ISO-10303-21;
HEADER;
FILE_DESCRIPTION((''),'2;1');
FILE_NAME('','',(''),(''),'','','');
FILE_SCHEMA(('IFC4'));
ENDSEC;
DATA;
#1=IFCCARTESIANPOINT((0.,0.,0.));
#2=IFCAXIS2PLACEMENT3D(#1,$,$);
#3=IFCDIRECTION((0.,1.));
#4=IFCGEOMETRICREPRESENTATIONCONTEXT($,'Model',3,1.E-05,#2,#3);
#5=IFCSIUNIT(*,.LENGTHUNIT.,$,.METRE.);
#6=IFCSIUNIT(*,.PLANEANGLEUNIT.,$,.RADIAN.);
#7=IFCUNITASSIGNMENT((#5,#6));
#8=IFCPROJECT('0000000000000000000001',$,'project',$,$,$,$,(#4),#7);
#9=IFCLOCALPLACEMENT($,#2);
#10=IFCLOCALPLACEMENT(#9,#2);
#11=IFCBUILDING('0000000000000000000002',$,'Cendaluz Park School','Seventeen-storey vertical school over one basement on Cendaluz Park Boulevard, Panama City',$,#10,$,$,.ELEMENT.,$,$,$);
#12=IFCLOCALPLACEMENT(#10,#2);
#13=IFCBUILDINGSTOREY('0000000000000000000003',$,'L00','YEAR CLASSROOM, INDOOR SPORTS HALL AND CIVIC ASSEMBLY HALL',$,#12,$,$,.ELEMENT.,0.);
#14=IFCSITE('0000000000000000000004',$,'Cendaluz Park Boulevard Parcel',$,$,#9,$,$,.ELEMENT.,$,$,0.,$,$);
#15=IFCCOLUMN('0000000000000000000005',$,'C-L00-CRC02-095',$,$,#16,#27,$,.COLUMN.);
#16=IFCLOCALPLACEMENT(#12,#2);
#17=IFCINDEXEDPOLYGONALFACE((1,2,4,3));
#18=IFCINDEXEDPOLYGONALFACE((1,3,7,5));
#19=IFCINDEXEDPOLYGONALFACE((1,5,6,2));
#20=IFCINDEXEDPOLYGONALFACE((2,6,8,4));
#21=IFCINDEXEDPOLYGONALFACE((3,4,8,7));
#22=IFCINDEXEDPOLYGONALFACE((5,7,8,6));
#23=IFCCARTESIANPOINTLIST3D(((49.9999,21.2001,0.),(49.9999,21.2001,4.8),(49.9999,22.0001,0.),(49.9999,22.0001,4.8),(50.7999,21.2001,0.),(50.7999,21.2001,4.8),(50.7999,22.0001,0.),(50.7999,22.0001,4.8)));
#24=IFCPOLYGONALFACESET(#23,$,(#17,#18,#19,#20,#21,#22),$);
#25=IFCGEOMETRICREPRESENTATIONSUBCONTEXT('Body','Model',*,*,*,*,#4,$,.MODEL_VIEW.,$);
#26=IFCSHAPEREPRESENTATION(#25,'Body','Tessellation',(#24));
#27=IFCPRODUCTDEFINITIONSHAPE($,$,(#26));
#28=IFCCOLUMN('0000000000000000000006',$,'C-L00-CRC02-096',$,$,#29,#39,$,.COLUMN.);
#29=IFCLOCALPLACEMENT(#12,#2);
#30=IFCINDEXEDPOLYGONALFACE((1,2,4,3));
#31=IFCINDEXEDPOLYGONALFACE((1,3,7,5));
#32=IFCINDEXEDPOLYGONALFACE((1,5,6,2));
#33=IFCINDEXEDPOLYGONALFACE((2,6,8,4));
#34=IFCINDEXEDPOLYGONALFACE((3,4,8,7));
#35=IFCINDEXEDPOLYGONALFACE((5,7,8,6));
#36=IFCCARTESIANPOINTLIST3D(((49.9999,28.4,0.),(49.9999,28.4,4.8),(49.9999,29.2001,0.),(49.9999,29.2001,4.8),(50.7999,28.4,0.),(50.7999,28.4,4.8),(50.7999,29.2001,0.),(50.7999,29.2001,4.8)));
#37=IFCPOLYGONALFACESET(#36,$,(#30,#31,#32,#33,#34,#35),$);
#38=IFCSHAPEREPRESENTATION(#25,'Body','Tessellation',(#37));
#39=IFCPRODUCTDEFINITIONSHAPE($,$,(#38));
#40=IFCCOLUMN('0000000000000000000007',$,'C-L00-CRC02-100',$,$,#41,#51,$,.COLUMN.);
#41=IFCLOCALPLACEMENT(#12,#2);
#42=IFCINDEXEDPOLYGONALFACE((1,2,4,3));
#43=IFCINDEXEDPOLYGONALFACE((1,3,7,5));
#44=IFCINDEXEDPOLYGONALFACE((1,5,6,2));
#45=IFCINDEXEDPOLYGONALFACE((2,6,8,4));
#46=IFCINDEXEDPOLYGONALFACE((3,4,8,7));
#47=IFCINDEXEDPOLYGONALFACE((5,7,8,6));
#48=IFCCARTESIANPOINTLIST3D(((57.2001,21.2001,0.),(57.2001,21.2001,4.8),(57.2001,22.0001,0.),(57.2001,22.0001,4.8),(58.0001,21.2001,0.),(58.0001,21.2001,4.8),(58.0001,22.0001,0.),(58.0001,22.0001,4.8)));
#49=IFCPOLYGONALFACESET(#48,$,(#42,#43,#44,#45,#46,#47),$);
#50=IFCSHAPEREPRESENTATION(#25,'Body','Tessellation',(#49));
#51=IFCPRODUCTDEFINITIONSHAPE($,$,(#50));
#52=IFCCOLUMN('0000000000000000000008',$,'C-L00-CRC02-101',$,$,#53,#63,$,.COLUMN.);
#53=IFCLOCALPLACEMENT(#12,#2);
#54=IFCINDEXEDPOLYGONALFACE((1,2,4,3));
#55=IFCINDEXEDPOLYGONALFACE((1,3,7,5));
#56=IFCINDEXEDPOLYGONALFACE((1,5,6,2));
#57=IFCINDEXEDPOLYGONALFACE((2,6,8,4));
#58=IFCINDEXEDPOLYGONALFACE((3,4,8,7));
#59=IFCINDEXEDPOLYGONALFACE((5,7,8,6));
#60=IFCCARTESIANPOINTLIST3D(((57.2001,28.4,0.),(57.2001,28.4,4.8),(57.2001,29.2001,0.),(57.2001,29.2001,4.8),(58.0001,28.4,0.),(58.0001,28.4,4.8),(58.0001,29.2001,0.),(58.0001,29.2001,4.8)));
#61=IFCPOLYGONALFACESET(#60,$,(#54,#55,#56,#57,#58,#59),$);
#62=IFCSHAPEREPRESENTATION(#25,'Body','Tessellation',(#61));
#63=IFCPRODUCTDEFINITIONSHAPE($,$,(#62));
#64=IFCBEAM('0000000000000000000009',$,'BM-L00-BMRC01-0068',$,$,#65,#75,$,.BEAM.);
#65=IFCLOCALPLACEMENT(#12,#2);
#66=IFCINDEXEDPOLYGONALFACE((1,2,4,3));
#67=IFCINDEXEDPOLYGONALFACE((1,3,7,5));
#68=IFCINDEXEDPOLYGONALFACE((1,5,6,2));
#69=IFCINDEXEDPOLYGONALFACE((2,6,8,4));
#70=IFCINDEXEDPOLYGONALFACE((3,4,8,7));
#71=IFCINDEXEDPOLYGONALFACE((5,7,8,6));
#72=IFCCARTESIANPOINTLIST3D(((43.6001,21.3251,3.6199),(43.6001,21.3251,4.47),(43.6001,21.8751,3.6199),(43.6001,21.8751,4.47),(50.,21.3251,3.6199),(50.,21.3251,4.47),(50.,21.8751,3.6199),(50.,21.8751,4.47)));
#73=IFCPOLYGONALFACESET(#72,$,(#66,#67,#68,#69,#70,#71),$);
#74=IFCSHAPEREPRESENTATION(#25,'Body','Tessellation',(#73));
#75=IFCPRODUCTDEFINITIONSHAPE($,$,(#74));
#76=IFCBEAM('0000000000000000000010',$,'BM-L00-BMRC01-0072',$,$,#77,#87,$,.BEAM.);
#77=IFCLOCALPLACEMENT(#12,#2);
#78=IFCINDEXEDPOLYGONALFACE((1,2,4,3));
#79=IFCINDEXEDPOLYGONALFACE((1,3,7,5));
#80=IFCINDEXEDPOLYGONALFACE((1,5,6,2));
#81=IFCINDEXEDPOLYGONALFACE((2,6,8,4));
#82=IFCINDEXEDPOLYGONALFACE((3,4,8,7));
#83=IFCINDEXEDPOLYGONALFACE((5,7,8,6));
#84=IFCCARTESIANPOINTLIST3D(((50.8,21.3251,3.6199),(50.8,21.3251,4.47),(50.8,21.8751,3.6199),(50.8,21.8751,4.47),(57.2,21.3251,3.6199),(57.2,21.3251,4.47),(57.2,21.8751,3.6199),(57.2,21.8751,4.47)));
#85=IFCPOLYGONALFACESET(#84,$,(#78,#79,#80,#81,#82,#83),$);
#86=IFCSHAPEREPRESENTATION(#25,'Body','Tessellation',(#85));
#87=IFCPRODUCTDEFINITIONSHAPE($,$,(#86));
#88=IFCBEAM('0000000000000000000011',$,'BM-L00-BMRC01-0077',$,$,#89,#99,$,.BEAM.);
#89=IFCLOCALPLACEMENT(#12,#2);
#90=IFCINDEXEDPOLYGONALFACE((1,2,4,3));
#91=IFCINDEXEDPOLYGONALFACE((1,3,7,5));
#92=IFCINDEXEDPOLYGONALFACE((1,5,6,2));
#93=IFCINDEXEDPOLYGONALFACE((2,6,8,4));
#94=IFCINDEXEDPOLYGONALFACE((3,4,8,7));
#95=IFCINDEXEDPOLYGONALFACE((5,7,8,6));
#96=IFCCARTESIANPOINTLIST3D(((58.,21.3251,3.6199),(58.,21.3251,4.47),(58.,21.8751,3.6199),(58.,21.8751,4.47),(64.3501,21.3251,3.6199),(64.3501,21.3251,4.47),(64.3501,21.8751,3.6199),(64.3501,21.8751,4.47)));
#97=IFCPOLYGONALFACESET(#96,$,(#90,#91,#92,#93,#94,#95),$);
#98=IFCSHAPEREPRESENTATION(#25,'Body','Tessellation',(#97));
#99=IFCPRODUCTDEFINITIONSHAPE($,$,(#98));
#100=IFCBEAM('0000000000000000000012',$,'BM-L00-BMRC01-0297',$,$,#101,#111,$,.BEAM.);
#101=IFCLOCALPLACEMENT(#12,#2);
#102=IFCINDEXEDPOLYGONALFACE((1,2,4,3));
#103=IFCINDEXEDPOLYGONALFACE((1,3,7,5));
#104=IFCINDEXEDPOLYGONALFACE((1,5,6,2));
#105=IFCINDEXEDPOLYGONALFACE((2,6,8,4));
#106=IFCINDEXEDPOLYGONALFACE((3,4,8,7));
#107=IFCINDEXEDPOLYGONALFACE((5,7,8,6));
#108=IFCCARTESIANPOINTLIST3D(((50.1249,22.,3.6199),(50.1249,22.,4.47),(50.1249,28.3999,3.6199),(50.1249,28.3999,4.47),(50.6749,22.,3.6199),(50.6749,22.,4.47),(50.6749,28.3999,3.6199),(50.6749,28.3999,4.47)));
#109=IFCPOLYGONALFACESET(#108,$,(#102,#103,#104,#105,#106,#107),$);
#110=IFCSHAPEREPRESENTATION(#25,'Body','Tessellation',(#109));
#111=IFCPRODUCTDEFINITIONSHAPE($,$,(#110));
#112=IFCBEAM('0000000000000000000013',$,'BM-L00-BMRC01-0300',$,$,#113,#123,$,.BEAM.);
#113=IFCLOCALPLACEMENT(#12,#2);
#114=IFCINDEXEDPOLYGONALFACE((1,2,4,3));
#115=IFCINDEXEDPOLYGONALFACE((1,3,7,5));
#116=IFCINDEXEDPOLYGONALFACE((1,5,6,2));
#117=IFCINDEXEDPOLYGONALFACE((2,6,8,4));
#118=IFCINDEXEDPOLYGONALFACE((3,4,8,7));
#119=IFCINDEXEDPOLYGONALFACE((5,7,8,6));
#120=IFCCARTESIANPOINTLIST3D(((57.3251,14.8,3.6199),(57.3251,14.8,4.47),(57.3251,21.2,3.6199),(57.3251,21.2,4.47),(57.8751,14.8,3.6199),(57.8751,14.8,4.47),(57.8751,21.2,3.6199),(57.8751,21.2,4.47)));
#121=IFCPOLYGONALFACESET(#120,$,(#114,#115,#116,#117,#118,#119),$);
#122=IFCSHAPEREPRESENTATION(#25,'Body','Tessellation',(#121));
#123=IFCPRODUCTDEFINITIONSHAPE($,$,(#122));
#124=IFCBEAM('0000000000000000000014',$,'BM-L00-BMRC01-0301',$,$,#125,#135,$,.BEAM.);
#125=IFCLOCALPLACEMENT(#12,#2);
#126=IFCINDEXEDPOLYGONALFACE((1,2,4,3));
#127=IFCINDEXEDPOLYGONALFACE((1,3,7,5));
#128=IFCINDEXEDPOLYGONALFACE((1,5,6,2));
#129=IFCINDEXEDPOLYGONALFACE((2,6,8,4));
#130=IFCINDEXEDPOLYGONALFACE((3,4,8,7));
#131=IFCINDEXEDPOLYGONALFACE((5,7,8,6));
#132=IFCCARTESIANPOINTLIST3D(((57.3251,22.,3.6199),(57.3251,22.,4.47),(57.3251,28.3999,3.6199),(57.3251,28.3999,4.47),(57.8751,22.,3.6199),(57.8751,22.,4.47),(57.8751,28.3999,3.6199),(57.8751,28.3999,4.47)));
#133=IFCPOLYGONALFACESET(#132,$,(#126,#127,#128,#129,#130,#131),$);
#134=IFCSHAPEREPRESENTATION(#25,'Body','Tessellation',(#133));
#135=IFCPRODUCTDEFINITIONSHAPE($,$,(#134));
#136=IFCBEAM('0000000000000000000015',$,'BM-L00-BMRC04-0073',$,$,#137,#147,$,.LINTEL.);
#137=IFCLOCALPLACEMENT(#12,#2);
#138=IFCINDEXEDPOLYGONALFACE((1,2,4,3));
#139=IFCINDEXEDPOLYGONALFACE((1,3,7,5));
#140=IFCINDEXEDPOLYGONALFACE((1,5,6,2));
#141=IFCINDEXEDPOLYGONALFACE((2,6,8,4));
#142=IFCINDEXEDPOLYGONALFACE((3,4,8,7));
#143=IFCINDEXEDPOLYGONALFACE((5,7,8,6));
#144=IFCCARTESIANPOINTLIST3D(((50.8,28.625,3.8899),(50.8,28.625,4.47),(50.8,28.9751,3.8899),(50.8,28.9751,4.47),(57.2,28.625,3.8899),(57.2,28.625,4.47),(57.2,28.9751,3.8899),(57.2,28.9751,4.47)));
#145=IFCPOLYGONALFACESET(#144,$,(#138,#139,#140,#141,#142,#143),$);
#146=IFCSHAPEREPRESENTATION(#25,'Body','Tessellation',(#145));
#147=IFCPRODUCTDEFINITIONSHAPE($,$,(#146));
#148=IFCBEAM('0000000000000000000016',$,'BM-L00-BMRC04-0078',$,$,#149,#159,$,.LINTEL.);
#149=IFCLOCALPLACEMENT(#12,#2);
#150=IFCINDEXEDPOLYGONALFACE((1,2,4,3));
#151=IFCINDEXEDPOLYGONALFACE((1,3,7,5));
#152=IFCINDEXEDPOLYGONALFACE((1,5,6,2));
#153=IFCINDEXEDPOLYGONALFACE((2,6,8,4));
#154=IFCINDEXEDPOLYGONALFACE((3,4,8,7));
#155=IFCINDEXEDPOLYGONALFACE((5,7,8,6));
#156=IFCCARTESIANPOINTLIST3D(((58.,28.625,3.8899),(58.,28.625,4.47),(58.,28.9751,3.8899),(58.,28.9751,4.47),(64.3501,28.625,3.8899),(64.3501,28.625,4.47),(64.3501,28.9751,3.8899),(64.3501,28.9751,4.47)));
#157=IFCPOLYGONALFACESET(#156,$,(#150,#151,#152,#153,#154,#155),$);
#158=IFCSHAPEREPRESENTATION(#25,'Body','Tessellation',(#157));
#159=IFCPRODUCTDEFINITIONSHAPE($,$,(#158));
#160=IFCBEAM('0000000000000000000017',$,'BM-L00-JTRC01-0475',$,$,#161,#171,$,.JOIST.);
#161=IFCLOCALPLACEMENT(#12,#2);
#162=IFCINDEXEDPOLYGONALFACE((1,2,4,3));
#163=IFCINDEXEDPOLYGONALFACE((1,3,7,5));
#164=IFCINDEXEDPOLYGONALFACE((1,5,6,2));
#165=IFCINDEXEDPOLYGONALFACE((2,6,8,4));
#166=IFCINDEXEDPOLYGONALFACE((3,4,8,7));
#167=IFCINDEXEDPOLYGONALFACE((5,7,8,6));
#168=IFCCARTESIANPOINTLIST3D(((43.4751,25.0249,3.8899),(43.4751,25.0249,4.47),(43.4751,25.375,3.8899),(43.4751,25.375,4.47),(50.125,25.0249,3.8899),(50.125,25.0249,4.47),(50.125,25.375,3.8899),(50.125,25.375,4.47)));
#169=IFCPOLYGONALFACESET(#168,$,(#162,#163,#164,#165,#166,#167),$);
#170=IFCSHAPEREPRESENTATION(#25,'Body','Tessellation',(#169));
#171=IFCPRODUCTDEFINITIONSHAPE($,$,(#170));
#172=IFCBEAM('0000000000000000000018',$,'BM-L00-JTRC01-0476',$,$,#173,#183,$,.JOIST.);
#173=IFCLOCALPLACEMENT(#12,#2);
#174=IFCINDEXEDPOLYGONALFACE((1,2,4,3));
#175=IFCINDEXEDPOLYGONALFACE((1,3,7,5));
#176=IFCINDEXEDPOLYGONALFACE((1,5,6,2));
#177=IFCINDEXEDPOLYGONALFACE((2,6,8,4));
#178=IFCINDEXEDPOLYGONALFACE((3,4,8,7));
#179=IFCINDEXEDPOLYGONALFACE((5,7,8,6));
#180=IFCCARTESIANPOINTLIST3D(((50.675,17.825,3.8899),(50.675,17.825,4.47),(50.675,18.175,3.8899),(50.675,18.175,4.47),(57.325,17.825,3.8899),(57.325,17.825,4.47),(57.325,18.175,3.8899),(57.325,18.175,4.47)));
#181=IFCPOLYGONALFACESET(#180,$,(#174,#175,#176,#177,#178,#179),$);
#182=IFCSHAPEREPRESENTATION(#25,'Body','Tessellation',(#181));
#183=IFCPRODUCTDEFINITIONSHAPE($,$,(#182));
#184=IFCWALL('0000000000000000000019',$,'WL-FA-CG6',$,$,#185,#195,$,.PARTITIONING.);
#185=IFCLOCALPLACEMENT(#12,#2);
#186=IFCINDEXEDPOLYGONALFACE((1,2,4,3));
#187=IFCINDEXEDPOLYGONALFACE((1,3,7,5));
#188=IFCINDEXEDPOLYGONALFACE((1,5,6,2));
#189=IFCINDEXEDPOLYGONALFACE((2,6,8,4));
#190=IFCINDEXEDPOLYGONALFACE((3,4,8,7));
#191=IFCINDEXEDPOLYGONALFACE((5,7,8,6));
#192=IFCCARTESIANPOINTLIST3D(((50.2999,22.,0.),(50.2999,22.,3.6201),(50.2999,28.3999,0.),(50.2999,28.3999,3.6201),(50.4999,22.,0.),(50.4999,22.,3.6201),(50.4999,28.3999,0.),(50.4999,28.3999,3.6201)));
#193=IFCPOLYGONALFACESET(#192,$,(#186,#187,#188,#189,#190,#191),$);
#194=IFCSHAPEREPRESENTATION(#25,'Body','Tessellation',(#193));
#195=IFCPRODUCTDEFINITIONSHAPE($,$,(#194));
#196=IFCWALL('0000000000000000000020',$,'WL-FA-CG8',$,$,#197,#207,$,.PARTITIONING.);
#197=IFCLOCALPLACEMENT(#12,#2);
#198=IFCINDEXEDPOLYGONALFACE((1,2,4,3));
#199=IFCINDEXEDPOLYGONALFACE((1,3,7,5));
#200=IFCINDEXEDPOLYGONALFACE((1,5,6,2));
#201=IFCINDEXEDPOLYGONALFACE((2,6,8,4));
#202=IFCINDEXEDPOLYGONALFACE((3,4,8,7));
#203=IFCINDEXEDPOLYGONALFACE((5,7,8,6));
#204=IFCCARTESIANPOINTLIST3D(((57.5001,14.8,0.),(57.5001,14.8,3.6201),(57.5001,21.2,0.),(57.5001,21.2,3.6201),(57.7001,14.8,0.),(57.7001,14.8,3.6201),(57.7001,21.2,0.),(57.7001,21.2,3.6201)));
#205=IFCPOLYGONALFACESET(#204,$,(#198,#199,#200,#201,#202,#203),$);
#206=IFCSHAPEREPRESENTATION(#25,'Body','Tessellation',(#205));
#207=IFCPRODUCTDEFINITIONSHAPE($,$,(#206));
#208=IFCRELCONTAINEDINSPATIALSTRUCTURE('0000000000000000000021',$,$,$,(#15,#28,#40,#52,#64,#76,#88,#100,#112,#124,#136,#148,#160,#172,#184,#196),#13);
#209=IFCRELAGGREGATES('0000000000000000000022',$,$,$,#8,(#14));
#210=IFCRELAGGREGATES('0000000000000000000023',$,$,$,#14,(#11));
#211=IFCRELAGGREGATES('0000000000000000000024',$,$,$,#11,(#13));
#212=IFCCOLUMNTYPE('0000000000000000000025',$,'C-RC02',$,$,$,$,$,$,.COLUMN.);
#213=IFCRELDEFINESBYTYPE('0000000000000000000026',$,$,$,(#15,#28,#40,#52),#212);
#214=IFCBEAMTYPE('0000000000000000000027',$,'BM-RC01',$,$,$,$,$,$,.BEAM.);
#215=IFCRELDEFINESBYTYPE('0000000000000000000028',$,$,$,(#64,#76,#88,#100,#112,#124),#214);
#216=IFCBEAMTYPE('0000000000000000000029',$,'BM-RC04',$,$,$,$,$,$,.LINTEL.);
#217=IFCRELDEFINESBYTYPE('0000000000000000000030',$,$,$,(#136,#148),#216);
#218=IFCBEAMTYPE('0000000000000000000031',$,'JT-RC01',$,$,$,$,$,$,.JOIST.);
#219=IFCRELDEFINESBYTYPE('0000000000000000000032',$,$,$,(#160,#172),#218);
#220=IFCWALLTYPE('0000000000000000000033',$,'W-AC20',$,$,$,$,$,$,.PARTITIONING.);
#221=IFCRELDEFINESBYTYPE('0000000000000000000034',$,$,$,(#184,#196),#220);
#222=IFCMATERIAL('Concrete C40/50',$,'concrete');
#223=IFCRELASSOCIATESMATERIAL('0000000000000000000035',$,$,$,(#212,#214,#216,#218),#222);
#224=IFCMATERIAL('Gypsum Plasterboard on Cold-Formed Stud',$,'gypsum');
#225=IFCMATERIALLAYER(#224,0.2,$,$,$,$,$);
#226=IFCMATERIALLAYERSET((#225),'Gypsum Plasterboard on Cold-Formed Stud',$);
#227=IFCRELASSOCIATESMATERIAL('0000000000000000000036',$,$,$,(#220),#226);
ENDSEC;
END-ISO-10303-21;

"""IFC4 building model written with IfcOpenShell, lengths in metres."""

from ifc_helpers import new_model, si_unit, direction, frame, frame_2d, origin, origin_2d, place, context, subcontext, project, spatial, rectangle, extrude, material, layer, layer_set, material_profile, profile_set, type_object, element, save


model = new_model("IFC4")

# Units and contexts
model_context = context("Model", 3, precision=1e-05, world=origin(), true_north=direction((0.0, 1.0)))
body_context = subcontext(model_context, "Body", "Model", "MODEL_VIEW")
ifc_project = project(units=[si_unit("LENGTHUNIT", "METRE"), si_unit("PLANEANGLEUNIT", "RADIAN")], contexts=[model_context])

# Site, building, storey
site_placement = place(None, origin())
site = spatial("IfcSite", under=ifc_project, at=site_placement, Name="Cendaluz Park Boulevard Parcel", CompositionType="ELEMENT", RefElevation=0.0)
building_placement = place(site_placement, origin())
building = spatial("IfcBuilding", under=site, at=building_placement, Name="Cendaluz Park School", Description="Seventeen-storey vertical school over one basement on Cendaluz Park Boulevard, Panama City", CompositionType="ELEMENT")
storey_placement = place(building_placement, origin())
storey = spatial("IfcBuildingStorey", under=building, at=storey_placement, Name="L00", Description="YEAR CLASSROOM, INDOOR SPORTS HALL AND CIVIC ASSEMBLY HALL", CompositionType="ELEMENT", Elevation=0.0)

# Columns
ifc_material_1 = material(Name="Concrete C40/50", Category="concrete")
ifc_material_profile_1 = material_profile(ifc_material_1, rectangle(XDim=0.8, YDim=0.8, at=origin_2d()), Name="RC 800x800", Category="concrete")
ifc_profile_set_1 = profile_set([ifc_material_profile_1], Name="Concrete C40/50")
column_type = type_object("IfcColumnType", Name="C-RC02", PredefinedType="COLUMN", material=ifc_profile_set_1)
for number, where, z_axis, x_axis, name in (
    (1, (50.3999, 21.6001, 0.0), (0.0, 0.0, 1.0), (1.0, 0.0, 0.0), "C-L00-CRC02-095"),
    (2, (50.3999, 28.8, 0.0), (0.0, 0.0, 1.0), (1.0, 0.0, 0.0), "C-L00-CRC02-096"),
    (3, (57.6001, 21.6001, 0.0), (0.0, 0.0, 1.0), (1.0, 0.0, 0.0), "C-L00-CRC02-100"),
    (4, (57.6001, 28.8, 0.0), (0.0, 0.0, 1.0), (1.0, 0.0, 0.0), "C-L00-CRC02-101"),
):
    element("IfcColumn", number, at=place(storey_placement, frame(where, z_axis=z_axis, x_axis=x_axis)), inside=storey, type_object=column_type, Name=name, PredefinedType="COLUMN", context=body_context, shape_type="SweptSolid", body=[
        extrude(rectangle(XDim=0.8, YDim=0.8, at=origin_2d()), origin(), (0.0, 0.0, 1.0), 4.8),
    ])

# Beams
ifc_material_profile_2 = material_profile(ifc_material_1, rectangle(XDim=0.55, YDim=0.8501, at=origin_2d()), Name="RC 550x850", Category="concrete")
ifc_profile_set_2 = profile_set([ifc_material_profile_2], Name="Concrete C40/50")
beam_type_1 = type_object("IfcBeamType", Name="BM-RC01", PredefinedType="BEAM", material=ifc_profile_set_2)
for number, where, z_axis, x_axis, name in (
    (5, (43.6001, 21.6001, 4.0449), (1.0, 0.0, 0.0), (0.0, 1.0, 0.0), "BM-L00-BMRC01-0068"),
    (6, (50.8, 21.6001, 4.0449), (1.0, 0.0, 0.0), (0.0, 1.0, 0.0), "BM-L00-BMRC01-0072"),
):
    element("IfcBeam", number, at=place(storey_placement, frame(where, z_axis=z_axis, x_axis=x_axis)), inside=storey, type_object=beam_type_1, Name=name, PredefinedType="BEAM", context=body_context, shape_type="SweptSolid", body=[
        extrude(rectangle(XDim=0.55, YDim=0.8501, at=origin_2d()), origin(), (0.0, 0.0, 1.0), 6.3999),
    ])
beam_1_placement = place(storey_placement, frame((58.0, 21.6001, 4.0449), z_axis=(1.0, 0.0, 0.0), x_axis=(0.0, 1.0, 0.0)))
element("IfcBeam", 7, at=beam_1_placement, inside=storey, type_object=beam_type_1, Name="BM-L00-BMRC01-0077", PredefinedType="BEAM", context=body_context, shape_type="SweptSolid", body=[
    extrude(rectangle(XDim=0.55, YDim=0.8501, at=origin_2d()), origin(), (0.0, 0.0, 1.0), 6.3501),
])
for number, where, z_axis, x_axis, name in (
    (8, (50.3999, 22.0, 4.0449), (0.0, 1.0, 0.0), (-1.0, 0.0, 0.0), "BM-L00-BMRC01-0297"),
    (9, (57.6001, 14.8, 4.0449), (0.0, 1.0, 0.0), (-1.0, 0.0, 0.0), "BM-L00-BMRC01-0300"),
    (10, (57.6001, 22.0, 4.0449), (0.0, 1.0, 0.0), (-1.0, 0.0, 0.0), "BM-L00-BMRC01-0301"),
):
    element("IfcBeam", number, at=place(storey_placement, frame(where, z_axis=z_axis, x_axis=x_axis)), inside=storey, type_object=beam_type_1, Name=name, PredefinedType="BEAM", context=body_context, shape_type="SweptSolid", body=[
        extrude(rectangle(XDim=0.55, YDim=0.8501, at=origin_2d()), origin(), (0.0, 0.0, 1.0), 6.3999),
    ])
ifc_material_profile_3 = material_profile(ifc_material_1, rectangle(XDim=0.3501, YDim=0.5801, at=origin_2d()), Name="RC 350x580", Category="concrete")
ifc_profile_set_3 = profile_set([ifc_material_profile_3], Name="Concrete C40/50")
beam_type_2 = type_object("IfcBeamType", Name="BM-RC04", PredefinedType="LINTEL", material=ifc_profile_set_3)
beam_2_placement = place(storey_placement, frame((50.8, 28.8, 4.1799), z_axis=(1.0, 0.0, 0.0), x_axis=(0.0, 1.0, 0.0)))
element("IfcBeam", 11, at=beam_2_placement, inside=storey, type_object=beam_type_2, Name="BM-L00-BMRC04-0073", PredefinedType="LINTEL", context=body_context, shape_type="SweptSolid", body=[
    extrude(rectangle(XDim=0.3501, YDim=0.5801, at=origin_2d()), origin(), (0.0, 0.0, 1.0), 6.3999),
])
beam_3_placement = place(storey_placement, frame((58.0, 28.8, 4.1799), z_axis=(1.0, 0.0, 0.0), x_axis=(0.0, 1.0, 0.0)))
element("IfcBeam", 12, at=beam_3_placement, inside=storey, type_object=beam_type_2, Name="BM-L00-BMRC04-0078", PredefinedType="LINTEL", context=body_context, shape_type="SweptSolid", body=[
    extrude(rectangle(XDim=0.3501, YDim=0.5801, at=origin_2d()), origin(), (0.0, 0.0, 1.0), 6.3501),
])
ifc_material_profile_4 = material_profile(ifc_material_1, rectangle(XDim=0.3501, YDim=0.5801, at=origin_2d()), Name="RC 350x580", Category="concrete")
ifc_profile_set_4 = profile_set([ifc_material_profile_4], Name="Concrete C40/50")
beam_type_3 = type_object("IfcBeamType", Name="JT-RC01", PredefinedType="JOIST", material=ifc_profile_set_4)
for number, where, z_axis, x_axis, name in (
    (13, (43.4751, 25.2, 4.1799), (1.0, 0.0, 0.0), (0.0, 1.0, 0.0), "BM-L00-JTRC01-0475"),
    (14, (50.675, 18.0, 4.1799), (1.0, 0.0, 0.0), (0.0, 1.0, 0.0), "BM-L00-JTRC01-0476"),
):
    element("IfcBeam", number, at=place(storey_placement, frame(where, z_axis=z_axis, x_axis=x_axis)), inside=storey, type_object=beam_type_3, Name=name, PredefinedType="JOIST", context=body_context, shape_type="SweptSolid", body=[
        extrude(rectangle(XDim=0.3501, YDim=0.5801, at=origin_2d()), origin(), (0.0, 0.0, 1.0), 6.6499),
    ])

# Walls
ifc_material_2 = material(Name="Gypsum Plasterboard on Cold-Formed Stud", Category="gypsum")
ifc_layer_1 = layer(ifc_material_2, 0.2)
ifc_layer_set_1 = layer_set([ifc_layer_1], Name="Gypsum Plasterboard on Cold-Formed Stud")
wall_type_1 = type_object("IfcWallType", Name="W-AC20", PredefinedType="PARTITIONING", material=ifc_layer_set_1)
for number, where, z_axis, x_axis, name in (
    (15, (50.3999, 22.0, 0.0), (0.0, 0.0, 1.0), (0.0, 1.0, 0.0), "WL-FA-CG6"),
    (16, (57.6001, 14.8, 0.0), (0.0, 0.0, 1.0), (0.0, 1.0, 0.0), "WL-FA-CG8"),
):
    element("IfcWall", number, at=place(storey_placement, frame(where, z_axis=z_axis, x_axis=x_axis)), inside=storey, type_object=wall_type_1, Name=name, PredefinedType="PARTITIONING", context=body_context, shape_type="SweptSolid", body=[
        extrude(rectangle(XDim=6.3999, YDim=0.2, at=frame_2d((3.2, 0.0))), origin(), (0.0, 0.0, 1.0), 3.6201),
    ])

save(model, "model.ifc")
